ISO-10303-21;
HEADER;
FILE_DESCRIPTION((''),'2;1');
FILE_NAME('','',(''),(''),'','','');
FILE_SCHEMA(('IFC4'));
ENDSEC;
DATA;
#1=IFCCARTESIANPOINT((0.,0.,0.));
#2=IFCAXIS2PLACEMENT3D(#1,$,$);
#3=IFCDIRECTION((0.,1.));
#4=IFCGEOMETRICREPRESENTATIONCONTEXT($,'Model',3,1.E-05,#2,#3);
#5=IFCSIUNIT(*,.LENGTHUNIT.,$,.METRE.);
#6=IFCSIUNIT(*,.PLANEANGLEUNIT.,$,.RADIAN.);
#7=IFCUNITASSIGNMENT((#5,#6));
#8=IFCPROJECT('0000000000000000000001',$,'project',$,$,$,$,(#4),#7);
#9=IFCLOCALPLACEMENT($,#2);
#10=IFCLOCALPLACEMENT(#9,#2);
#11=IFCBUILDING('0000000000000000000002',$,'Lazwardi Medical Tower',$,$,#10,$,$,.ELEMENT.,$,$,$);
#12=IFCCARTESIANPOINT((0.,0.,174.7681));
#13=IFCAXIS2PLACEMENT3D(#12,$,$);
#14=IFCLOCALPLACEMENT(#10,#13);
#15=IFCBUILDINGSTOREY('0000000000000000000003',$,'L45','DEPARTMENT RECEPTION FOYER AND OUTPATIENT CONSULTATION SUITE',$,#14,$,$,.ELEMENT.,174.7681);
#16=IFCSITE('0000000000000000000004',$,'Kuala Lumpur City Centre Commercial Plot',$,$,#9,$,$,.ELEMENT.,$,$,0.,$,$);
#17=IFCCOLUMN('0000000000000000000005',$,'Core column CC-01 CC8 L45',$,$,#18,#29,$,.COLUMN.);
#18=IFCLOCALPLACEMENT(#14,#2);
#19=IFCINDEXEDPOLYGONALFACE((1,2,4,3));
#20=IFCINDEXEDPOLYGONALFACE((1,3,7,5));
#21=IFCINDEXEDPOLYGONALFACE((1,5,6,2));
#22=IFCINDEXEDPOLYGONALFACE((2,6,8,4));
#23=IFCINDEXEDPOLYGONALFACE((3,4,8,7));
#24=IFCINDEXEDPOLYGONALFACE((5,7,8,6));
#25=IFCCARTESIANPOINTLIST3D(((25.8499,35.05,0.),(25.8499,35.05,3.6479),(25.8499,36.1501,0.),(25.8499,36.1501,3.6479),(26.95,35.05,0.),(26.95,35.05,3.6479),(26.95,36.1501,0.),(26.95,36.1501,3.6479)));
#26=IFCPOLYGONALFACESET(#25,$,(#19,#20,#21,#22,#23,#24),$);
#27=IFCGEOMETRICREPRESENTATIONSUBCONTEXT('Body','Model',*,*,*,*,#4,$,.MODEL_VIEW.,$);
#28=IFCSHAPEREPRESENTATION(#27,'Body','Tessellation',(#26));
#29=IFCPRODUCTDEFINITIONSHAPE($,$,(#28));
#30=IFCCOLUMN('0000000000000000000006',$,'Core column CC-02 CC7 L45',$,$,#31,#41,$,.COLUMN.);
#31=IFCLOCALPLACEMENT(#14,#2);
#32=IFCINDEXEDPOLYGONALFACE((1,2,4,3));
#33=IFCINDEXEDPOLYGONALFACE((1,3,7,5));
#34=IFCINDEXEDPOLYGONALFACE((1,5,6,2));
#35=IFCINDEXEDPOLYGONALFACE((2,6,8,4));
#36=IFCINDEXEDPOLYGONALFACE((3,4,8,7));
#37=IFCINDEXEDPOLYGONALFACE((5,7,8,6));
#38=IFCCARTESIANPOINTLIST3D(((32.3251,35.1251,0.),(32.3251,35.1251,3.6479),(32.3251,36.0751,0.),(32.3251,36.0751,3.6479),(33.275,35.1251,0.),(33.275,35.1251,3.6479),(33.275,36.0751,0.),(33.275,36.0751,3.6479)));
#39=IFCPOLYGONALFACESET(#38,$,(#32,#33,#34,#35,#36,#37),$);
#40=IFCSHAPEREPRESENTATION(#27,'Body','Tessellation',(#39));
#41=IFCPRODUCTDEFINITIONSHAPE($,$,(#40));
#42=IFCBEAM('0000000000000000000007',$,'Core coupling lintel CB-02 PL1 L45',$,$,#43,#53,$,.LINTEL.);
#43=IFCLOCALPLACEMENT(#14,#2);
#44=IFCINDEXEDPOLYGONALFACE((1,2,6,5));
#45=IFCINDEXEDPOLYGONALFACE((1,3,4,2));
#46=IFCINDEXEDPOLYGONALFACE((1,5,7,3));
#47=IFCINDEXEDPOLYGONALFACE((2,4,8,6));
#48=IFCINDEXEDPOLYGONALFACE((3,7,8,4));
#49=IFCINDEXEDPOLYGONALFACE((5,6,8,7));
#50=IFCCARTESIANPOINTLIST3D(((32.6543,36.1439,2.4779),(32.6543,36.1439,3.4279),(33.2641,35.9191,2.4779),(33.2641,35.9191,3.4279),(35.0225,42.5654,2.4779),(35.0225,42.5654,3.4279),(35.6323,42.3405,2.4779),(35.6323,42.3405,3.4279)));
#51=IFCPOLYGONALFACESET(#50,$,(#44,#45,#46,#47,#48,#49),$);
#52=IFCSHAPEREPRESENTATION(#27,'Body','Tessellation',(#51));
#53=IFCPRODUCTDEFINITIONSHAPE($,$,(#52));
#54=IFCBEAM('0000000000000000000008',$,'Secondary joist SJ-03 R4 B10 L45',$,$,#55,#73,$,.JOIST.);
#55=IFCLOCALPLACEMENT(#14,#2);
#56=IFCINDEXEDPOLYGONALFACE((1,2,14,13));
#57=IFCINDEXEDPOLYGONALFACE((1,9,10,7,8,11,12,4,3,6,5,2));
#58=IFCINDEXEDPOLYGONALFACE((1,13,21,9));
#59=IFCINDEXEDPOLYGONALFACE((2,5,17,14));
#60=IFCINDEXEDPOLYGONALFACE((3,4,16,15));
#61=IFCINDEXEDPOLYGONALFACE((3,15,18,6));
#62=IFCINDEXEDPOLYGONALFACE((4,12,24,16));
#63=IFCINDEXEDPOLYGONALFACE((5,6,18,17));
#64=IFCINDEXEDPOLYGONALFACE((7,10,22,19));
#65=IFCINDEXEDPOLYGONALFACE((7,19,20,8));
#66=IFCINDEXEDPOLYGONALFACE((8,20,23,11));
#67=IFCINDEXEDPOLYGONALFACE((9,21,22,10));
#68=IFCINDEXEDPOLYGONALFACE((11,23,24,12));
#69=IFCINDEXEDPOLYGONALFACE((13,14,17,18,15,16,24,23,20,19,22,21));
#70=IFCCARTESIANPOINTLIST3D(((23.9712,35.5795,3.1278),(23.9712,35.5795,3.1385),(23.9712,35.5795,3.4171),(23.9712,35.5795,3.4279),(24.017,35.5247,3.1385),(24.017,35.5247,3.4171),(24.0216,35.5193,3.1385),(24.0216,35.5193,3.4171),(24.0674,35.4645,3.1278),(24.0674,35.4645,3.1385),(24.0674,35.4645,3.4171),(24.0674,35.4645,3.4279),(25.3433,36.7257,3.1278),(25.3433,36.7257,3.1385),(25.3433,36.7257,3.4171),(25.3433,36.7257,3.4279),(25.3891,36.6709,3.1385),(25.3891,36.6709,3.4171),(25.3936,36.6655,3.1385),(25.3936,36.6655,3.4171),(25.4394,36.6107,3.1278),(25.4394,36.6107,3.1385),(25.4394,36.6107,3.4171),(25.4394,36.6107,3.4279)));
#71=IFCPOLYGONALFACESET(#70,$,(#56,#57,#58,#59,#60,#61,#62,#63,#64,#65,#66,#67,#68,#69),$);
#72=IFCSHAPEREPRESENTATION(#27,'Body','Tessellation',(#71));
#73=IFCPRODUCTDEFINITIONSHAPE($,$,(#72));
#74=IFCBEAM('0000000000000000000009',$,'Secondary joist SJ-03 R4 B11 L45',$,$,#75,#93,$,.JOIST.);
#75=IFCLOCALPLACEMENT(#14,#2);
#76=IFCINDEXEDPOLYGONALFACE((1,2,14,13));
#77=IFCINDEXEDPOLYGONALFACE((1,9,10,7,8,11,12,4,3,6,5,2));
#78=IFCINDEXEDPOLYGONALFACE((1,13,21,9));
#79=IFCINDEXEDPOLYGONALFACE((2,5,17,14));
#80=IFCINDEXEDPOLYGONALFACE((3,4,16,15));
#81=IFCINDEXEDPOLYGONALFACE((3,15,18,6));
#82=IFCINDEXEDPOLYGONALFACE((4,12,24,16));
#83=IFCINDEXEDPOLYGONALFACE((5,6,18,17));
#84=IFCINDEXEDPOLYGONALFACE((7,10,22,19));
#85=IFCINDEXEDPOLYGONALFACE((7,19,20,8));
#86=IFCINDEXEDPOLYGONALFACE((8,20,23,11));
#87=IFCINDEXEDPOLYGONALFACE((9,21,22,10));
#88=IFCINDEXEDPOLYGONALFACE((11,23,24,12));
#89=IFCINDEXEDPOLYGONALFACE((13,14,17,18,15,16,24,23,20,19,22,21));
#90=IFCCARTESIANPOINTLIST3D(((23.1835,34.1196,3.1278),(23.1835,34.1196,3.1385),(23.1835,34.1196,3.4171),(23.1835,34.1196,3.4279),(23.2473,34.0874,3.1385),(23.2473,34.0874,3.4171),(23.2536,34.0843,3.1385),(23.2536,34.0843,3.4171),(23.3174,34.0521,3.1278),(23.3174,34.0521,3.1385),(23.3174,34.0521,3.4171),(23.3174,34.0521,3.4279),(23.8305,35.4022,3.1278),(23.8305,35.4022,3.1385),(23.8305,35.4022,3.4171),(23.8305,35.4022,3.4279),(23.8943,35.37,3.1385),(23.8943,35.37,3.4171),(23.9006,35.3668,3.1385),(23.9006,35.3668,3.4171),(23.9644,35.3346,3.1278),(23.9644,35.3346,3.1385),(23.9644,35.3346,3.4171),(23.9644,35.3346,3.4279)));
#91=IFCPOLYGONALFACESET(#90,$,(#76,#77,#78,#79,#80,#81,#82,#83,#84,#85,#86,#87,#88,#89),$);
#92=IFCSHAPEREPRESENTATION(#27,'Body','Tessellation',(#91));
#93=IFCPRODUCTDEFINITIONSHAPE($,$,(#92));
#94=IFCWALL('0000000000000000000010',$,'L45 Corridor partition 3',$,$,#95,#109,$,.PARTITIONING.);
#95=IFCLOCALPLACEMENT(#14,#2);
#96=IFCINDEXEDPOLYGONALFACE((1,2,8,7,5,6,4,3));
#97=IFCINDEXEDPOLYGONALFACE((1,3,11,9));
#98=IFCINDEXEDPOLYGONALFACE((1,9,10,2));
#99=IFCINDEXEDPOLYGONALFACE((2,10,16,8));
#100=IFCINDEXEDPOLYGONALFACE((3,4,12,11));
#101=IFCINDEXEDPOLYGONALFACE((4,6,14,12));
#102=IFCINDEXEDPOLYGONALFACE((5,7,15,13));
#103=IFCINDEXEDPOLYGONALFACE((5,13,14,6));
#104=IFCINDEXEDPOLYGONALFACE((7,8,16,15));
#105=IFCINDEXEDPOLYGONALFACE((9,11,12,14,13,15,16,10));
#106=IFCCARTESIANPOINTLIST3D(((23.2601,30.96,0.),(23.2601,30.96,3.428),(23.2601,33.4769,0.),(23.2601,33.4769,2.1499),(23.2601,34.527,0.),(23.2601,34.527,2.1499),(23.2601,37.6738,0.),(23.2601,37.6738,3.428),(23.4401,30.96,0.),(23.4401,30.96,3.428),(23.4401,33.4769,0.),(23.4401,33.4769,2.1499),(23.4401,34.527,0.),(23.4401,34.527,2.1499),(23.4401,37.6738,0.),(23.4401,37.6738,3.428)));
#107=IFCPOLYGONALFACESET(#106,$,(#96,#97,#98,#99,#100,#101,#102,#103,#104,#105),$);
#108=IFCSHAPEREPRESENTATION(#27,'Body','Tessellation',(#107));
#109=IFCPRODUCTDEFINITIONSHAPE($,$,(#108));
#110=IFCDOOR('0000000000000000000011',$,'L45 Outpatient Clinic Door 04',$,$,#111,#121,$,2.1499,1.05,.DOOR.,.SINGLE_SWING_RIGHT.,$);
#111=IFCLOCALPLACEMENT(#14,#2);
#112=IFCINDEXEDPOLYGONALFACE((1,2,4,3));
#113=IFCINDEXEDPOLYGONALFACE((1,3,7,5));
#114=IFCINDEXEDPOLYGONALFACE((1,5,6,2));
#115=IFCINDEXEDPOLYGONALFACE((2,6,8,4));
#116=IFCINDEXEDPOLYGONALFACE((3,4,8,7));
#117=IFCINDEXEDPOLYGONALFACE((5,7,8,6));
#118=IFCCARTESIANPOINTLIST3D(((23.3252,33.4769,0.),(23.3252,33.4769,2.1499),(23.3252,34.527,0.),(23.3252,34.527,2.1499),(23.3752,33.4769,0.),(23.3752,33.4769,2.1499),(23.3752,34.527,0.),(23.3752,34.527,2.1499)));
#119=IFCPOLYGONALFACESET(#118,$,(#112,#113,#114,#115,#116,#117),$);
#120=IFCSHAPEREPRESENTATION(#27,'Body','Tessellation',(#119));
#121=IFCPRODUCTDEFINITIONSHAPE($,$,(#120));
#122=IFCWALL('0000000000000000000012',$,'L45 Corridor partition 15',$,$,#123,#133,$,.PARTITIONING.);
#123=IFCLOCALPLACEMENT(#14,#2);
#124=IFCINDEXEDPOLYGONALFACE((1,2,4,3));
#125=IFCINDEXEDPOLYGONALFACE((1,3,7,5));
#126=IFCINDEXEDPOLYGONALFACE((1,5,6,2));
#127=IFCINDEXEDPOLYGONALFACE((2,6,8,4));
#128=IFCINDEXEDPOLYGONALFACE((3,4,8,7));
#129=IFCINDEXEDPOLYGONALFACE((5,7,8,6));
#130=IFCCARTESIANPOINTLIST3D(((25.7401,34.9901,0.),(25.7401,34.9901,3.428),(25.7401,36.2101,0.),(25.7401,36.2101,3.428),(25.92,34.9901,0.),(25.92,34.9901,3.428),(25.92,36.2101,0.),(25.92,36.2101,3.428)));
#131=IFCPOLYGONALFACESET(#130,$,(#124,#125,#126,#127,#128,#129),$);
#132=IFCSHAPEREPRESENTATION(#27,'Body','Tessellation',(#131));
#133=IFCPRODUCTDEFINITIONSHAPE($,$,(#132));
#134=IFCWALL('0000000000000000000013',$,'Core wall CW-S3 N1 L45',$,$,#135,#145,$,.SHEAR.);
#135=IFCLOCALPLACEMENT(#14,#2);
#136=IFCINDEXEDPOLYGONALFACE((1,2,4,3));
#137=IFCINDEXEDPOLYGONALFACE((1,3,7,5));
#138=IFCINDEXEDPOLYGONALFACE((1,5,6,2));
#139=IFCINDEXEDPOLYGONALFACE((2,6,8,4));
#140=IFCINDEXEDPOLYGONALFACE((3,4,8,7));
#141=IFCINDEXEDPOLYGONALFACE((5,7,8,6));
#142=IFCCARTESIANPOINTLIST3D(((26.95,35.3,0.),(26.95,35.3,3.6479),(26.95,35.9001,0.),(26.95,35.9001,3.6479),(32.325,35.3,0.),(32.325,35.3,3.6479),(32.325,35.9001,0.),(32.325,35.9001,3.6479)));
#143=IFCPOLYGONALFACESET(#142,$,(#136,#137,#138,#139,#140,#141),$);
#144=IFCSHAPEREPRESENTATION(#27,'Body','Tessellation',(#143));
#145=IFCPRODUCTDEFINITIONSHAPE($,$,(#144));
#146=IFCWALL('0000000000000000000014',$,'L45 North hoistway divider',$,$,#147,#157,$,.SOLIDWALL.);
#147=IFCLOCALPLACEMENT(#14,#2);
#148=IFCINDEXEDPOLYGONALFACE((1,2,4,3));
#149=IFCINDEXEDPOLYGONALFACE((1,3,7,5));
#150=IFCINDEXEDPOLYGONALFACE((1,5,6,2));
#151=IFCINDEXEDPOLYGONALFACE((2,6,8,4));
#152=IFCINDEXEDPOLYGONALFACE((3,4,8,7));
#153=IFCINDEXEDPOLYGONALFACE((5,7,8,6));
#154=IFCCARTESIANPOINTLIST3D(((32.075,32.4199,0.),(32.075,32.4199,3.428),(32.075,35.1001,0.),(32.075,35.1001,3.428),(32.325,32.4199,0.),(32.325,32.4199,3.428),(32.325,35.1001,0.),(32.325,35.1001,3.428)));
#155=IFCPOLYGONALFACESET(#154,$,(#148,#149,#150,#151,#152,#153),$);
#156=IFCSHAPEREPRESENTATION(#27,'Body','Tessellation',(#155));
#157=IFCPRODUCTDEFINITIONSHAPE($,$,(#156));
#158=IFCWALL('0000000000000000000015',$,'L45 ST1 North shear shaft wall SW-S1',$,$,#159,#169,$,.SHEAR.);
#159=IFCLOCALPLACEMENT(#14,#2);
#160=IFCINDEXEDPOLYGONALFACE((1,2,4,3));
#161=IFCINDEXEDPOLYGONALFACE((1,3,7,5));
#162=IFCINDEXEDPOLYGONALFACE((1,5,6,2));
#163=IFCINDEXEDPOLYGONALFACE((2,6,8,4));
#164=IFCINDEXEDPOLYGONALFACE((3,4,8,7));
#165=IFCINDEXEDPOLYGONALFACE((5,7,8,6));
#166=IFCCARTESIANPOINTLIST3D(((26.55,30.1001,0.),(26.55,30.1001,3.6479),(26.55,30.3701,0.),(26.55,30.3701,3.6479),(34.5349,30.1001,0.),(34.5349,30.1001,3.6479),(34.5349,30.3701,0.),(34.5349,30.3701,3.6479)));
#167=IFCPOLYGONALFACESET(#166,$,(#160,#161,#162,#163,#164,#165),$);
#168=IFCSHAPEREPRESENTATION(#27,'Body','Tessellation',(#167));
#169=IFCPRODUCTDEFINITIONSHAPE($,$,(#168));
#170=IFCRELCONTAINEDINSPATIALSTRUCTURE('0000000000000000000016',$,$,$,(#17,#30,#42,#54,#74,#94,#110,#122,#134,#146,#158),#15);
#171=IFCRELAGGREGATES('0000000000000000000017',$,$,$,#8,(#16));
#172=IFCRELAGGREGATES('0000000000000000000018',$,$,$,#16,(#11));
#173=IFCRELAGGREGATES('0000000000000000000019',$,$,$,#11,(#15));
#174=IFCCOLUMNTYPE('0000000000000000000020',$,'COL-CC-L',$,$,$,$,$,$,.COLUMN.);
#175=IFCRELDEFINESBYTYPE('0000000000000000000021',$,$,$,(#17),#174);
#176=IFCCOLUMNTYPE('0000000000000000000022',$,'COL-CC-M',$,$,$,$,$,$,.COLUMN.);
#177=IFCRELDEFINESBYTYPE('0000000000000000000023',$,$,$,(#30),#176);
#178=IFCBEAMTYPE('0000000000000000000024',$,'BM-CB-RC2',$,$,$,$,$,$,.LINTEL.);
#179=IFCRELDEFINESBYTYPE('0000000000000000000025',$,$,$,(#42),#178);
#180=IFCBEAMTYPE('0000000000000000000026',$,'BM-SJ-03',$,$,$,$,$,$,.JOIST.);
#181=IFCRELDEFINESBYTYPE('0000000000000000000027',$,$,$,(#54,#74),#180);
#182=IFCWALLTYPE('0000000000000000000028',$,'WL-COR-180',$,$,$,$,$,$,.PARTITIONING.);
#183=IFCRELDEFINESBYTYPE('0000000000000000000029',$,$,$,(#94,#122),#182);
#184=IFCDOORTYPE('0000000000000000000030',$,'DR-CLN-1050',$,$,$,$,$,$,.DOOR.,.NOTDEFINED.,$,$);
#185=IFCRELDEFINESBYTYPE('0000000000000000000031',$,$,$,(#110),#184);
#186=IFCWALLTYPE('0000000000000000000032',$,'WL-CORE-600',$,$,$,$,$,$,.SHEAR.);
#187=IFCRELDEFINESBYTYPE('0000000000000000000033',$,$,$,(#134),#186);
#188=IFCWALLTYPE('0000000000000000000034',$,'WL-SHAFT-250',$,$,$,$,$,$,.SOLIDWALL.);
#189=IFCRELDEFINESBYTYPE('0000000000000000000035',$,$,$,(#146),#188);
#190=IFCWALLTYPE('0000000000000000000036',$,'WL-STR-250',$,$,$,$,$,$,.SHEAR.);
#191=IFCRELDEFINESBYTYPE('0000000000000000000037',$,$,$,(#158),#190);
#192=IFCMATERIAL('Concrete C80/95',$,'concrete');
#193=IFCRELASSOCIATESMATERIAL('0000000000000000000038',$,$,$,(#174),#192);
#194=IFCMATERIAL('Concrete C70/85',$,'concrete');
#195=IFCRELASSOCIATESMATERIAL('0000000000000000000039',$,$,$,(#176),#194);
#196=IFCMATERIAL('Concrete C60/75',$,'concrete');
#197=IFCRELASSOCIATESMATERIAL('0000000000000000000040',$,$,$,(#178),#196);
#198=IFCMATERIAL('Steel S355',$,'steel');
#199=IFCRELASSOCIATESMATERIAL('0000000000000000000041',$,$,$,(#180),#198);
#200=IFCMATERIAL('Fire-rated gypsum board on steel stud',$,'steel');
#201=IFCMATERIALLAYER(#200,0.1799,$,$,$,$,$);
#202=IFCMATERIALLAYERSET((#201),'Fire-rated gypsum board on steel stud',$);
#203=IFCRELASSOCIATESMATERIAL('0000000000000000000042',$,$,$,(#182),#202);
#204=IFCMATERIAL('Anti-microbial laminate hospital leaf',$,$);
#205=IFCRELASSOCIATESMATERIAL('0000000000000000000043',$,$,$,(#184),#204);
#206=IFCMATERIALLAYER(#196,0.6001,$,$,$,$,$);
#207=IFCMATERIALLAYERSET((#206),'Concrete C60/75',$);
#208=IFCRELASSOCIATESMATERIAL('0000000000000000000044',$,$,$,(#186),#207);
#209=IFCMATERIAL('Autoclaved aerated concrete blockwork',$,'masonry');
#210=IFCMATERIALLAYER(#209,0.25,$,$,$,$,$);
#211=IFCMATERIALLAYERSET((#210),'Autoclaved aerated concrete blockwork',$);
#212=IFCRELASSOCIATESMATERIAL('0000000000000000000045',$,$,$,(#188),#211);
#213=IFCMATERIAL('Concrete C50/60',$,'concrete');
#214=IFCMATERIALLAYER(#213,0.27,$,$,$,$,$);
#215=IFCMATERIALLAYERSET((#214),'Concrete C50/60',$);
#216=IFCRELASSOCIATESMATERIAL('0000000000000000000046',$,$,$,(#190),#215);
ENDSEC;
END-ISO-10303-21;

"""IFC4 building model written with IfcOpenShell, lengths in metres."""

from ifc_helpers import new_model, si_unit, direction, frame, frame_2d, origin, origin_2d, place, context, subcontext, project, spatial, rectangle, i_section, extrude, material, layer, layer_set, material_profile, profile_set, type_object, element, fill, save


model = new_model("IFC4")

# Units and contexts
model_context = context("Model", 3, precision=1e-05, world=origin(), true_north=direction((0.0, 1.0)))
body_context = subcontext(model_context, "Body", "Model", "MODEL_VIEW")
ifc_project = project(units=[si_unit("LENGTHUNIT", "METRE"), si_unit("PLANEANGLEUNIT", "RADIAN")], contexts=[model_context])

# Site, building, storey
site_placement = place(None, origin())
site = spatial("IfcSite", under=ifc_project, at=site_placement, Name="Kuala Lumpur City Centre Commercial Plot", CompositionType="ELEMENT", RefElevation=0.0)
building_placement = place(site_placement, origin())
building = spatial("IfcBuilding", under=site, at=building_placement, Name="Lazwardi Medical Tower", CompositionType="ELEMENT")
storey_placement = place(building_placement, frame((0.0, 0.0, 174.7681)))
storey = spatial("IfcBuildingStorey", under=building, at=storey_placement, Name="L45", Description="DEPARTMENT RECEPTION FOYER AND OUTPATIENT CONSULTATION SUITE", CompositionType="ELEMENT", Elevation=174.7681)

# Columns
ifc_material_1 = material(Name="Concrete C80/95", Category="concrete")
ifc_material_profile_1 = material_profile(ifc_material_1, rectangle(XDim=1.1001, YDim=1.1001, at=origin_2d()), Name="RC 1100x1100")
ifc_profile_set_1 = profile_set([ifc_material_profile_1], Name="Concrete C80/95")
column_type_1 = type_object("IfcColumnType", Name="COL-CC-L", PredefinedType="COLUMN", material=ifc_profile_set_1)
column_1_placement = place(storey_placement, frame((26.3999, 35.6001, 0.0), z_axis=(0.0, 0.0, 1.0), x_axis=(1.0, 0.0, 0.0)))
element("IfcColumn", 1, at=column_1_placement, inside=storey, type_object=column_type_1, Name="Core column CC-01 CC8 L45", PredefinedType="COLUMN", context=body_context, shape_type="SweptSolid", body=[
    extrude(rectangle(XDim=1.1001, YDim=1.1001, at=origin_2d()), origin(), (0.0, 0.0, 1.0), 3.6479),
])
ifc_material_2 = material(Name="Concrete C70/85", Category="concrete")
ifc_material_profile_2 = material_profile(ifc_material_2, rectangle(XDim=0.95, YDim=0.95, at=origin_2d()), Name="RC 950x950")
ifc_profile_set_2 = profile_set([ifc_material_profile_2], Name="Concrete C70/85")
column_type_2 = type_object("IfcColumnType", Name="COL-CC-M", PredefinedType="COLUMN", material=ifc_profile_set_2)
column_2_placement = place(storey_placement, frame((32.8, 35.6001, 0.0), z_axis=(0.0, 0.0, 1.0), x_axis=(1.0, 0.0, 0.0)))
element("IfcColumn", 2, at=column_2_placement, inside=storey, type_object=column_type_2, Name="Core column CC-02 CC7 L45", PredefinedType="COLUMN", context=body_context, shape_type="SweptSolid", body=[
    extrude(rectangle(XDim=0.95, YDim=0.95, at=origin_2d()), origin(), (0.0, 0.0, 1.0), 3.6479),
])

# Beams
ifc_material_3 = material(Name="Concrete C60/75", Category="concrete")
ifc_material_profile_3 = material_profile(ifc_material_3, rectangle(XDim=0.6499, YDim=0.95, at=origin_2d()), Name="RC 650x950")
ifc_profile_set_3 = profile_set([ifc_material_profile_3], Name="Concrete C60/75")
beam_type_1 = type_object("IfcBeamType", Name="BM-CB-RC2", PredefinedType="LINTEL", material=ifc_profile_set_3)
beam_1_placement = place(storey_placement, frame((32.9592, 36.0315, 2.9529), z_axis=(0.346013, 0.93823, 0.0), x_axis=(-0.93823, 0.346013, 0.0)))
element("IfcBeam", 3, at=beam_1_placement, inside=storey, type_object=beam_type_1, Name="Core coupling lintel CB-02 PL1 L45", PredefinedType="LINTEL", context=body_context, shape_type="SweptSolid", body=[
    extrude(rectangle(XDim=0.6499, YDim=0.95, at=origin_2d()), origin(), (0.0, 0.0, 1.0), 6.8442),
])
ifc_material_4 = material(Name="Steel S355", Category="steel")
ifc_material_profile_4 = material_profile(ifc_material_4, i_section(OverallWidth=0.1499, OverallDepth=0.3, WebThickness=0.0071, FlangeThickness=0.0107, at=origin_2d()), Name="IPE 300")
ifc_profile_set_4 = profile_set([ifc_material_profile_4], Name="Steel S355")
beam_type_2 = type_object("IfcBeamType", Name="BM-SJ-03", PredefinedType="JOIST", material=ifc_profile_set_4)
beam_2_placement = place(storey_placement, frame((25.3914, 36.6682, 3.2778), z_axis=(-0.767437, -0.641124, 0.0), x_axis=(0.641124, -0.767437, 0.0)))
element("IfcBeam", 4, at=beam_2_placement, inside=storey, type_object=beam_type_2, Name="Secondary joist SJ-03 R4 B10 L45", PredefinedType="JOIST", context=body_context, shape_type="SweptSolid", body=[
    extrude(i_section(OverallWidth=0.1499, OverallDepth=0.3, WebThickness=0.0071, FlangeThickness=0.0107, at=origin_2d()), origin(), (0.0, 0.0, 1.0), 1.7878),
])
beam_3_placement = place(storey_placement, frame((23.8975, 35.3684, 3.2778), z_axis=(-0.450406, -0.892824, 0.0), x_axis=(0.892824, -0.450406, 0.0)))
element("IfcBeam", 5, at=beam_3_placement, inside=storey, type_object=beam_type_2, Name="Secondary joist SJ-03 R4 B11 L45", PredefinedType="JOIST", context=body_context, shape_type="SweptSolid", body=[
    extrude(i_section(OverallWidth=0.1499, OverallDepth=0.3, WebThickness=0.0071, FlangeThickness=0.0107, at=origin_2d()), origin(), (0.0, 0.0, 1.0), 1.4365),
])

# Wall, opening, door
ifc_material_5 = material(Name="Fire-rated gypsum board on steel stud", Category="steel")
ifc_layer_1 = layer(ifc_material_5, 0.1799)
ifc_layer_set_1 = layer_set([ifc_layer_1], Name="Fire-rated gypsum board on steel stud")
wall_type_1 = type_object("IfcWallType", Name="WL-COR-180", PredefinedType="PARTITIONING", material=ifc_layer_set_1)
wall_1_placement = place(storey_placement, frame((23.3501, 30.96, 0.0), z_axis=(0.0, 0.0, 1.0), x_axis=(0.0, 1.0, 0.0)))
wall_1 = element("IfcWall", 6, at=wall_1_placement, inside=storey, type_object=wall_type_1, Name="L45 Corridor partition 3", PredefinedType="PARTITIONING", context=body_context, shape_type="SweptSolid", body=[
    extrude(rectangle(XDim=6.7139, YDim=0.1799, at=frame_2d((3.3569, 0.0))), origin(), (0.0, 0.0, 1.0), 3.428),
])
opening_1_placement = place(wall_1_placement, frame((2.5171, 0.0, 0.0)))
opening_1 = element("IfcOpeningElement", 7, at=opening_1_placement, cuts=wall_1, PredefinedType="OPENING", context=body_context, shape_type="SweptSolid", body=[
    extrude(rectangle(XDim=1.05, YDim=2.1499, at=frame_2d((0.5249, 1.075))), frame((0.0, 0.0999, 0.0), z_axis=(0.0, -1.0, 0.0), x_axis=(1.0, 0.0, 0.0)), (0.0, 0.0, 1.0), 0.2),
])
ifc_material_6 = material(Name="Anti-microbial laminate hospital leaf")
door_type_1 = type_object("IfcDoorType", Name="DR-CLN-1050", OperationType="NOTDEFINED", PredefinedType="DOOR", material=ifc_material_6)
door_1_placement = place(opening_1_placement, origin())
door_1 = element("IfcDoor", 8, at=door_1_placement, inside=storey, type_object=door_type_1, Name="L45 Outpatient Clinic Door 04", OperationType="SINGLE_SWING_RIGHT", OverallHeight=2.1499, OverallWidth=1.05, PredefinedType="DOOR", context=body_context, shape_type="SweptSolid", body=[
    extrude(rectangle(XDim=1.05, YDim=2.1499, at=frame_2d((0.5249, 1.075))), frame((0.0, 0.0249, 0.0), z_axis=(0.0, -1.0, 0.0), x_axis=(1.0, 0.0, 0.0)), (0.0, 0.0, 1.0), 0.05),
])
fill(opening_1, door_1)

# Walls
wall_2_placement = place(storey_placement, frame((25.8301, 36.21, 0.0), z_axis=(0.0, 0.0, 1.0), x_axis=(0.0, -1.0, 0.0)))
element("IfcWall", 9, at=wall_2_placement, inside=storey, type_object=wall_type_1, Name="L45 Corridor partition 15", PredefinedType="PARTITIONING", context=body_context, shape_type="SweptSolid", body=[
    extrude(rectangle(XDim=1.22, YDim=0.1799, at=frame_2d((0.6099, 0.0))), origin(), (0.0, 0.0, 1.0), 3.428),
])
ifc_layer_2 = layer(ifc_material_3, 0.6001)
ifc_layer_set_2 = layer_set([ifc_layer_2], Name="Concrete C60/75")
wall_type_2 = type_object("IfcWallType", Name="WL-CORE-600", PredefinedType="SHEAR", material=ifc_layer_set_2)
wall_3_placement = place(storey_placement, frame((26.95, 35.6001, 0.0), z_axis=(0.0, 0.0, 1.0), x_axis=(1.0, 0.0, 0.0)))
element("IfcWall", 10, at=wall_3_placement, inside=storey, type_object=wall_type_2, Name="Core wall CW-S3 N1 L45", PredefinedType="SHEAR", context=body_context, shape_type="SweptSolid", body=[
    extrude(rectangle(XDim=5.375, YDim=0.6001, at=frame_2d((2.6875, 0.0))), origin(), (0.0, 0.0, 1.0), 3.6479),
])
ifc_material_7 = material(Name="Autoclaved aerated concrete blockwork", Category="masonry")
ifc_layer_3 = layer(ifc_material_7, 0.25)
ifc_layer_set_3 = layer_set([ifc_layer_3], Name="Autoclaved aerated concrete blockwork")
wall_type_3 = type_object("IfcWallType", Name="WL-SHAFT-250", PredefinedType="SOLIDWALL", material=ifc_layer_set_3)
wall_4_placement = place(storey_placement, frame((32.2, 32.4199, 0.0), z_axis=(0.0, 0.0, 1.0), x_axis=(0.0, 1.0, 0.0)))
element("IfcWall", 11, at=wall_4_placement, inside=storey, type_object=wall_type_3, Name="L45 North hoistway divider", PredefinedType="SOLIDWALL", context=body_context, shape_type="SweptSolid", body=[
    extrude(rectangle(XDim=2.6802, YDim=0.25, at=frame_2d((1.3401, 0.0))), origin(), (0.0, 0.0, 1.0), 3.428),
])
ifc_material_8 = material(Name="Concrete C50/60", Category="concrete")
ifc_layer_4 = layer(ifc_material_8, 0.27)
ifc_layer_set_4 = layer_set([ifc_layer_4], Name="Concrete C50/60")
wall_type_4 = type_object("IfcWallType", Name="WL-STR-250", PredefinedType="SHEAR", material=ifc_layer_set_4)
wall_5_placement = place(storey_placement, frame((26.55, 30.2351, 0.0), z_axis=(0.0, 0.0, 1.0), x_axis=(1.0, 0.0, 0.0)))
element("IfcWall", 12, at=wall_5_placement, inside=storey, type_object=wall_type_4, Name="L45 ST1 North shear shaft wall SW-S1", PredefinedType="SHEAR", context=body_context, shape_type="SweptSolid", body=[
    extrude(rectangle(XDim=7.9849, YDim=0.27, at=frame_2d((3.9924, 0.0))), origin(), (0.0, 0.0, 1.0), 3.6479),
])

save(model, "model.ifc")
